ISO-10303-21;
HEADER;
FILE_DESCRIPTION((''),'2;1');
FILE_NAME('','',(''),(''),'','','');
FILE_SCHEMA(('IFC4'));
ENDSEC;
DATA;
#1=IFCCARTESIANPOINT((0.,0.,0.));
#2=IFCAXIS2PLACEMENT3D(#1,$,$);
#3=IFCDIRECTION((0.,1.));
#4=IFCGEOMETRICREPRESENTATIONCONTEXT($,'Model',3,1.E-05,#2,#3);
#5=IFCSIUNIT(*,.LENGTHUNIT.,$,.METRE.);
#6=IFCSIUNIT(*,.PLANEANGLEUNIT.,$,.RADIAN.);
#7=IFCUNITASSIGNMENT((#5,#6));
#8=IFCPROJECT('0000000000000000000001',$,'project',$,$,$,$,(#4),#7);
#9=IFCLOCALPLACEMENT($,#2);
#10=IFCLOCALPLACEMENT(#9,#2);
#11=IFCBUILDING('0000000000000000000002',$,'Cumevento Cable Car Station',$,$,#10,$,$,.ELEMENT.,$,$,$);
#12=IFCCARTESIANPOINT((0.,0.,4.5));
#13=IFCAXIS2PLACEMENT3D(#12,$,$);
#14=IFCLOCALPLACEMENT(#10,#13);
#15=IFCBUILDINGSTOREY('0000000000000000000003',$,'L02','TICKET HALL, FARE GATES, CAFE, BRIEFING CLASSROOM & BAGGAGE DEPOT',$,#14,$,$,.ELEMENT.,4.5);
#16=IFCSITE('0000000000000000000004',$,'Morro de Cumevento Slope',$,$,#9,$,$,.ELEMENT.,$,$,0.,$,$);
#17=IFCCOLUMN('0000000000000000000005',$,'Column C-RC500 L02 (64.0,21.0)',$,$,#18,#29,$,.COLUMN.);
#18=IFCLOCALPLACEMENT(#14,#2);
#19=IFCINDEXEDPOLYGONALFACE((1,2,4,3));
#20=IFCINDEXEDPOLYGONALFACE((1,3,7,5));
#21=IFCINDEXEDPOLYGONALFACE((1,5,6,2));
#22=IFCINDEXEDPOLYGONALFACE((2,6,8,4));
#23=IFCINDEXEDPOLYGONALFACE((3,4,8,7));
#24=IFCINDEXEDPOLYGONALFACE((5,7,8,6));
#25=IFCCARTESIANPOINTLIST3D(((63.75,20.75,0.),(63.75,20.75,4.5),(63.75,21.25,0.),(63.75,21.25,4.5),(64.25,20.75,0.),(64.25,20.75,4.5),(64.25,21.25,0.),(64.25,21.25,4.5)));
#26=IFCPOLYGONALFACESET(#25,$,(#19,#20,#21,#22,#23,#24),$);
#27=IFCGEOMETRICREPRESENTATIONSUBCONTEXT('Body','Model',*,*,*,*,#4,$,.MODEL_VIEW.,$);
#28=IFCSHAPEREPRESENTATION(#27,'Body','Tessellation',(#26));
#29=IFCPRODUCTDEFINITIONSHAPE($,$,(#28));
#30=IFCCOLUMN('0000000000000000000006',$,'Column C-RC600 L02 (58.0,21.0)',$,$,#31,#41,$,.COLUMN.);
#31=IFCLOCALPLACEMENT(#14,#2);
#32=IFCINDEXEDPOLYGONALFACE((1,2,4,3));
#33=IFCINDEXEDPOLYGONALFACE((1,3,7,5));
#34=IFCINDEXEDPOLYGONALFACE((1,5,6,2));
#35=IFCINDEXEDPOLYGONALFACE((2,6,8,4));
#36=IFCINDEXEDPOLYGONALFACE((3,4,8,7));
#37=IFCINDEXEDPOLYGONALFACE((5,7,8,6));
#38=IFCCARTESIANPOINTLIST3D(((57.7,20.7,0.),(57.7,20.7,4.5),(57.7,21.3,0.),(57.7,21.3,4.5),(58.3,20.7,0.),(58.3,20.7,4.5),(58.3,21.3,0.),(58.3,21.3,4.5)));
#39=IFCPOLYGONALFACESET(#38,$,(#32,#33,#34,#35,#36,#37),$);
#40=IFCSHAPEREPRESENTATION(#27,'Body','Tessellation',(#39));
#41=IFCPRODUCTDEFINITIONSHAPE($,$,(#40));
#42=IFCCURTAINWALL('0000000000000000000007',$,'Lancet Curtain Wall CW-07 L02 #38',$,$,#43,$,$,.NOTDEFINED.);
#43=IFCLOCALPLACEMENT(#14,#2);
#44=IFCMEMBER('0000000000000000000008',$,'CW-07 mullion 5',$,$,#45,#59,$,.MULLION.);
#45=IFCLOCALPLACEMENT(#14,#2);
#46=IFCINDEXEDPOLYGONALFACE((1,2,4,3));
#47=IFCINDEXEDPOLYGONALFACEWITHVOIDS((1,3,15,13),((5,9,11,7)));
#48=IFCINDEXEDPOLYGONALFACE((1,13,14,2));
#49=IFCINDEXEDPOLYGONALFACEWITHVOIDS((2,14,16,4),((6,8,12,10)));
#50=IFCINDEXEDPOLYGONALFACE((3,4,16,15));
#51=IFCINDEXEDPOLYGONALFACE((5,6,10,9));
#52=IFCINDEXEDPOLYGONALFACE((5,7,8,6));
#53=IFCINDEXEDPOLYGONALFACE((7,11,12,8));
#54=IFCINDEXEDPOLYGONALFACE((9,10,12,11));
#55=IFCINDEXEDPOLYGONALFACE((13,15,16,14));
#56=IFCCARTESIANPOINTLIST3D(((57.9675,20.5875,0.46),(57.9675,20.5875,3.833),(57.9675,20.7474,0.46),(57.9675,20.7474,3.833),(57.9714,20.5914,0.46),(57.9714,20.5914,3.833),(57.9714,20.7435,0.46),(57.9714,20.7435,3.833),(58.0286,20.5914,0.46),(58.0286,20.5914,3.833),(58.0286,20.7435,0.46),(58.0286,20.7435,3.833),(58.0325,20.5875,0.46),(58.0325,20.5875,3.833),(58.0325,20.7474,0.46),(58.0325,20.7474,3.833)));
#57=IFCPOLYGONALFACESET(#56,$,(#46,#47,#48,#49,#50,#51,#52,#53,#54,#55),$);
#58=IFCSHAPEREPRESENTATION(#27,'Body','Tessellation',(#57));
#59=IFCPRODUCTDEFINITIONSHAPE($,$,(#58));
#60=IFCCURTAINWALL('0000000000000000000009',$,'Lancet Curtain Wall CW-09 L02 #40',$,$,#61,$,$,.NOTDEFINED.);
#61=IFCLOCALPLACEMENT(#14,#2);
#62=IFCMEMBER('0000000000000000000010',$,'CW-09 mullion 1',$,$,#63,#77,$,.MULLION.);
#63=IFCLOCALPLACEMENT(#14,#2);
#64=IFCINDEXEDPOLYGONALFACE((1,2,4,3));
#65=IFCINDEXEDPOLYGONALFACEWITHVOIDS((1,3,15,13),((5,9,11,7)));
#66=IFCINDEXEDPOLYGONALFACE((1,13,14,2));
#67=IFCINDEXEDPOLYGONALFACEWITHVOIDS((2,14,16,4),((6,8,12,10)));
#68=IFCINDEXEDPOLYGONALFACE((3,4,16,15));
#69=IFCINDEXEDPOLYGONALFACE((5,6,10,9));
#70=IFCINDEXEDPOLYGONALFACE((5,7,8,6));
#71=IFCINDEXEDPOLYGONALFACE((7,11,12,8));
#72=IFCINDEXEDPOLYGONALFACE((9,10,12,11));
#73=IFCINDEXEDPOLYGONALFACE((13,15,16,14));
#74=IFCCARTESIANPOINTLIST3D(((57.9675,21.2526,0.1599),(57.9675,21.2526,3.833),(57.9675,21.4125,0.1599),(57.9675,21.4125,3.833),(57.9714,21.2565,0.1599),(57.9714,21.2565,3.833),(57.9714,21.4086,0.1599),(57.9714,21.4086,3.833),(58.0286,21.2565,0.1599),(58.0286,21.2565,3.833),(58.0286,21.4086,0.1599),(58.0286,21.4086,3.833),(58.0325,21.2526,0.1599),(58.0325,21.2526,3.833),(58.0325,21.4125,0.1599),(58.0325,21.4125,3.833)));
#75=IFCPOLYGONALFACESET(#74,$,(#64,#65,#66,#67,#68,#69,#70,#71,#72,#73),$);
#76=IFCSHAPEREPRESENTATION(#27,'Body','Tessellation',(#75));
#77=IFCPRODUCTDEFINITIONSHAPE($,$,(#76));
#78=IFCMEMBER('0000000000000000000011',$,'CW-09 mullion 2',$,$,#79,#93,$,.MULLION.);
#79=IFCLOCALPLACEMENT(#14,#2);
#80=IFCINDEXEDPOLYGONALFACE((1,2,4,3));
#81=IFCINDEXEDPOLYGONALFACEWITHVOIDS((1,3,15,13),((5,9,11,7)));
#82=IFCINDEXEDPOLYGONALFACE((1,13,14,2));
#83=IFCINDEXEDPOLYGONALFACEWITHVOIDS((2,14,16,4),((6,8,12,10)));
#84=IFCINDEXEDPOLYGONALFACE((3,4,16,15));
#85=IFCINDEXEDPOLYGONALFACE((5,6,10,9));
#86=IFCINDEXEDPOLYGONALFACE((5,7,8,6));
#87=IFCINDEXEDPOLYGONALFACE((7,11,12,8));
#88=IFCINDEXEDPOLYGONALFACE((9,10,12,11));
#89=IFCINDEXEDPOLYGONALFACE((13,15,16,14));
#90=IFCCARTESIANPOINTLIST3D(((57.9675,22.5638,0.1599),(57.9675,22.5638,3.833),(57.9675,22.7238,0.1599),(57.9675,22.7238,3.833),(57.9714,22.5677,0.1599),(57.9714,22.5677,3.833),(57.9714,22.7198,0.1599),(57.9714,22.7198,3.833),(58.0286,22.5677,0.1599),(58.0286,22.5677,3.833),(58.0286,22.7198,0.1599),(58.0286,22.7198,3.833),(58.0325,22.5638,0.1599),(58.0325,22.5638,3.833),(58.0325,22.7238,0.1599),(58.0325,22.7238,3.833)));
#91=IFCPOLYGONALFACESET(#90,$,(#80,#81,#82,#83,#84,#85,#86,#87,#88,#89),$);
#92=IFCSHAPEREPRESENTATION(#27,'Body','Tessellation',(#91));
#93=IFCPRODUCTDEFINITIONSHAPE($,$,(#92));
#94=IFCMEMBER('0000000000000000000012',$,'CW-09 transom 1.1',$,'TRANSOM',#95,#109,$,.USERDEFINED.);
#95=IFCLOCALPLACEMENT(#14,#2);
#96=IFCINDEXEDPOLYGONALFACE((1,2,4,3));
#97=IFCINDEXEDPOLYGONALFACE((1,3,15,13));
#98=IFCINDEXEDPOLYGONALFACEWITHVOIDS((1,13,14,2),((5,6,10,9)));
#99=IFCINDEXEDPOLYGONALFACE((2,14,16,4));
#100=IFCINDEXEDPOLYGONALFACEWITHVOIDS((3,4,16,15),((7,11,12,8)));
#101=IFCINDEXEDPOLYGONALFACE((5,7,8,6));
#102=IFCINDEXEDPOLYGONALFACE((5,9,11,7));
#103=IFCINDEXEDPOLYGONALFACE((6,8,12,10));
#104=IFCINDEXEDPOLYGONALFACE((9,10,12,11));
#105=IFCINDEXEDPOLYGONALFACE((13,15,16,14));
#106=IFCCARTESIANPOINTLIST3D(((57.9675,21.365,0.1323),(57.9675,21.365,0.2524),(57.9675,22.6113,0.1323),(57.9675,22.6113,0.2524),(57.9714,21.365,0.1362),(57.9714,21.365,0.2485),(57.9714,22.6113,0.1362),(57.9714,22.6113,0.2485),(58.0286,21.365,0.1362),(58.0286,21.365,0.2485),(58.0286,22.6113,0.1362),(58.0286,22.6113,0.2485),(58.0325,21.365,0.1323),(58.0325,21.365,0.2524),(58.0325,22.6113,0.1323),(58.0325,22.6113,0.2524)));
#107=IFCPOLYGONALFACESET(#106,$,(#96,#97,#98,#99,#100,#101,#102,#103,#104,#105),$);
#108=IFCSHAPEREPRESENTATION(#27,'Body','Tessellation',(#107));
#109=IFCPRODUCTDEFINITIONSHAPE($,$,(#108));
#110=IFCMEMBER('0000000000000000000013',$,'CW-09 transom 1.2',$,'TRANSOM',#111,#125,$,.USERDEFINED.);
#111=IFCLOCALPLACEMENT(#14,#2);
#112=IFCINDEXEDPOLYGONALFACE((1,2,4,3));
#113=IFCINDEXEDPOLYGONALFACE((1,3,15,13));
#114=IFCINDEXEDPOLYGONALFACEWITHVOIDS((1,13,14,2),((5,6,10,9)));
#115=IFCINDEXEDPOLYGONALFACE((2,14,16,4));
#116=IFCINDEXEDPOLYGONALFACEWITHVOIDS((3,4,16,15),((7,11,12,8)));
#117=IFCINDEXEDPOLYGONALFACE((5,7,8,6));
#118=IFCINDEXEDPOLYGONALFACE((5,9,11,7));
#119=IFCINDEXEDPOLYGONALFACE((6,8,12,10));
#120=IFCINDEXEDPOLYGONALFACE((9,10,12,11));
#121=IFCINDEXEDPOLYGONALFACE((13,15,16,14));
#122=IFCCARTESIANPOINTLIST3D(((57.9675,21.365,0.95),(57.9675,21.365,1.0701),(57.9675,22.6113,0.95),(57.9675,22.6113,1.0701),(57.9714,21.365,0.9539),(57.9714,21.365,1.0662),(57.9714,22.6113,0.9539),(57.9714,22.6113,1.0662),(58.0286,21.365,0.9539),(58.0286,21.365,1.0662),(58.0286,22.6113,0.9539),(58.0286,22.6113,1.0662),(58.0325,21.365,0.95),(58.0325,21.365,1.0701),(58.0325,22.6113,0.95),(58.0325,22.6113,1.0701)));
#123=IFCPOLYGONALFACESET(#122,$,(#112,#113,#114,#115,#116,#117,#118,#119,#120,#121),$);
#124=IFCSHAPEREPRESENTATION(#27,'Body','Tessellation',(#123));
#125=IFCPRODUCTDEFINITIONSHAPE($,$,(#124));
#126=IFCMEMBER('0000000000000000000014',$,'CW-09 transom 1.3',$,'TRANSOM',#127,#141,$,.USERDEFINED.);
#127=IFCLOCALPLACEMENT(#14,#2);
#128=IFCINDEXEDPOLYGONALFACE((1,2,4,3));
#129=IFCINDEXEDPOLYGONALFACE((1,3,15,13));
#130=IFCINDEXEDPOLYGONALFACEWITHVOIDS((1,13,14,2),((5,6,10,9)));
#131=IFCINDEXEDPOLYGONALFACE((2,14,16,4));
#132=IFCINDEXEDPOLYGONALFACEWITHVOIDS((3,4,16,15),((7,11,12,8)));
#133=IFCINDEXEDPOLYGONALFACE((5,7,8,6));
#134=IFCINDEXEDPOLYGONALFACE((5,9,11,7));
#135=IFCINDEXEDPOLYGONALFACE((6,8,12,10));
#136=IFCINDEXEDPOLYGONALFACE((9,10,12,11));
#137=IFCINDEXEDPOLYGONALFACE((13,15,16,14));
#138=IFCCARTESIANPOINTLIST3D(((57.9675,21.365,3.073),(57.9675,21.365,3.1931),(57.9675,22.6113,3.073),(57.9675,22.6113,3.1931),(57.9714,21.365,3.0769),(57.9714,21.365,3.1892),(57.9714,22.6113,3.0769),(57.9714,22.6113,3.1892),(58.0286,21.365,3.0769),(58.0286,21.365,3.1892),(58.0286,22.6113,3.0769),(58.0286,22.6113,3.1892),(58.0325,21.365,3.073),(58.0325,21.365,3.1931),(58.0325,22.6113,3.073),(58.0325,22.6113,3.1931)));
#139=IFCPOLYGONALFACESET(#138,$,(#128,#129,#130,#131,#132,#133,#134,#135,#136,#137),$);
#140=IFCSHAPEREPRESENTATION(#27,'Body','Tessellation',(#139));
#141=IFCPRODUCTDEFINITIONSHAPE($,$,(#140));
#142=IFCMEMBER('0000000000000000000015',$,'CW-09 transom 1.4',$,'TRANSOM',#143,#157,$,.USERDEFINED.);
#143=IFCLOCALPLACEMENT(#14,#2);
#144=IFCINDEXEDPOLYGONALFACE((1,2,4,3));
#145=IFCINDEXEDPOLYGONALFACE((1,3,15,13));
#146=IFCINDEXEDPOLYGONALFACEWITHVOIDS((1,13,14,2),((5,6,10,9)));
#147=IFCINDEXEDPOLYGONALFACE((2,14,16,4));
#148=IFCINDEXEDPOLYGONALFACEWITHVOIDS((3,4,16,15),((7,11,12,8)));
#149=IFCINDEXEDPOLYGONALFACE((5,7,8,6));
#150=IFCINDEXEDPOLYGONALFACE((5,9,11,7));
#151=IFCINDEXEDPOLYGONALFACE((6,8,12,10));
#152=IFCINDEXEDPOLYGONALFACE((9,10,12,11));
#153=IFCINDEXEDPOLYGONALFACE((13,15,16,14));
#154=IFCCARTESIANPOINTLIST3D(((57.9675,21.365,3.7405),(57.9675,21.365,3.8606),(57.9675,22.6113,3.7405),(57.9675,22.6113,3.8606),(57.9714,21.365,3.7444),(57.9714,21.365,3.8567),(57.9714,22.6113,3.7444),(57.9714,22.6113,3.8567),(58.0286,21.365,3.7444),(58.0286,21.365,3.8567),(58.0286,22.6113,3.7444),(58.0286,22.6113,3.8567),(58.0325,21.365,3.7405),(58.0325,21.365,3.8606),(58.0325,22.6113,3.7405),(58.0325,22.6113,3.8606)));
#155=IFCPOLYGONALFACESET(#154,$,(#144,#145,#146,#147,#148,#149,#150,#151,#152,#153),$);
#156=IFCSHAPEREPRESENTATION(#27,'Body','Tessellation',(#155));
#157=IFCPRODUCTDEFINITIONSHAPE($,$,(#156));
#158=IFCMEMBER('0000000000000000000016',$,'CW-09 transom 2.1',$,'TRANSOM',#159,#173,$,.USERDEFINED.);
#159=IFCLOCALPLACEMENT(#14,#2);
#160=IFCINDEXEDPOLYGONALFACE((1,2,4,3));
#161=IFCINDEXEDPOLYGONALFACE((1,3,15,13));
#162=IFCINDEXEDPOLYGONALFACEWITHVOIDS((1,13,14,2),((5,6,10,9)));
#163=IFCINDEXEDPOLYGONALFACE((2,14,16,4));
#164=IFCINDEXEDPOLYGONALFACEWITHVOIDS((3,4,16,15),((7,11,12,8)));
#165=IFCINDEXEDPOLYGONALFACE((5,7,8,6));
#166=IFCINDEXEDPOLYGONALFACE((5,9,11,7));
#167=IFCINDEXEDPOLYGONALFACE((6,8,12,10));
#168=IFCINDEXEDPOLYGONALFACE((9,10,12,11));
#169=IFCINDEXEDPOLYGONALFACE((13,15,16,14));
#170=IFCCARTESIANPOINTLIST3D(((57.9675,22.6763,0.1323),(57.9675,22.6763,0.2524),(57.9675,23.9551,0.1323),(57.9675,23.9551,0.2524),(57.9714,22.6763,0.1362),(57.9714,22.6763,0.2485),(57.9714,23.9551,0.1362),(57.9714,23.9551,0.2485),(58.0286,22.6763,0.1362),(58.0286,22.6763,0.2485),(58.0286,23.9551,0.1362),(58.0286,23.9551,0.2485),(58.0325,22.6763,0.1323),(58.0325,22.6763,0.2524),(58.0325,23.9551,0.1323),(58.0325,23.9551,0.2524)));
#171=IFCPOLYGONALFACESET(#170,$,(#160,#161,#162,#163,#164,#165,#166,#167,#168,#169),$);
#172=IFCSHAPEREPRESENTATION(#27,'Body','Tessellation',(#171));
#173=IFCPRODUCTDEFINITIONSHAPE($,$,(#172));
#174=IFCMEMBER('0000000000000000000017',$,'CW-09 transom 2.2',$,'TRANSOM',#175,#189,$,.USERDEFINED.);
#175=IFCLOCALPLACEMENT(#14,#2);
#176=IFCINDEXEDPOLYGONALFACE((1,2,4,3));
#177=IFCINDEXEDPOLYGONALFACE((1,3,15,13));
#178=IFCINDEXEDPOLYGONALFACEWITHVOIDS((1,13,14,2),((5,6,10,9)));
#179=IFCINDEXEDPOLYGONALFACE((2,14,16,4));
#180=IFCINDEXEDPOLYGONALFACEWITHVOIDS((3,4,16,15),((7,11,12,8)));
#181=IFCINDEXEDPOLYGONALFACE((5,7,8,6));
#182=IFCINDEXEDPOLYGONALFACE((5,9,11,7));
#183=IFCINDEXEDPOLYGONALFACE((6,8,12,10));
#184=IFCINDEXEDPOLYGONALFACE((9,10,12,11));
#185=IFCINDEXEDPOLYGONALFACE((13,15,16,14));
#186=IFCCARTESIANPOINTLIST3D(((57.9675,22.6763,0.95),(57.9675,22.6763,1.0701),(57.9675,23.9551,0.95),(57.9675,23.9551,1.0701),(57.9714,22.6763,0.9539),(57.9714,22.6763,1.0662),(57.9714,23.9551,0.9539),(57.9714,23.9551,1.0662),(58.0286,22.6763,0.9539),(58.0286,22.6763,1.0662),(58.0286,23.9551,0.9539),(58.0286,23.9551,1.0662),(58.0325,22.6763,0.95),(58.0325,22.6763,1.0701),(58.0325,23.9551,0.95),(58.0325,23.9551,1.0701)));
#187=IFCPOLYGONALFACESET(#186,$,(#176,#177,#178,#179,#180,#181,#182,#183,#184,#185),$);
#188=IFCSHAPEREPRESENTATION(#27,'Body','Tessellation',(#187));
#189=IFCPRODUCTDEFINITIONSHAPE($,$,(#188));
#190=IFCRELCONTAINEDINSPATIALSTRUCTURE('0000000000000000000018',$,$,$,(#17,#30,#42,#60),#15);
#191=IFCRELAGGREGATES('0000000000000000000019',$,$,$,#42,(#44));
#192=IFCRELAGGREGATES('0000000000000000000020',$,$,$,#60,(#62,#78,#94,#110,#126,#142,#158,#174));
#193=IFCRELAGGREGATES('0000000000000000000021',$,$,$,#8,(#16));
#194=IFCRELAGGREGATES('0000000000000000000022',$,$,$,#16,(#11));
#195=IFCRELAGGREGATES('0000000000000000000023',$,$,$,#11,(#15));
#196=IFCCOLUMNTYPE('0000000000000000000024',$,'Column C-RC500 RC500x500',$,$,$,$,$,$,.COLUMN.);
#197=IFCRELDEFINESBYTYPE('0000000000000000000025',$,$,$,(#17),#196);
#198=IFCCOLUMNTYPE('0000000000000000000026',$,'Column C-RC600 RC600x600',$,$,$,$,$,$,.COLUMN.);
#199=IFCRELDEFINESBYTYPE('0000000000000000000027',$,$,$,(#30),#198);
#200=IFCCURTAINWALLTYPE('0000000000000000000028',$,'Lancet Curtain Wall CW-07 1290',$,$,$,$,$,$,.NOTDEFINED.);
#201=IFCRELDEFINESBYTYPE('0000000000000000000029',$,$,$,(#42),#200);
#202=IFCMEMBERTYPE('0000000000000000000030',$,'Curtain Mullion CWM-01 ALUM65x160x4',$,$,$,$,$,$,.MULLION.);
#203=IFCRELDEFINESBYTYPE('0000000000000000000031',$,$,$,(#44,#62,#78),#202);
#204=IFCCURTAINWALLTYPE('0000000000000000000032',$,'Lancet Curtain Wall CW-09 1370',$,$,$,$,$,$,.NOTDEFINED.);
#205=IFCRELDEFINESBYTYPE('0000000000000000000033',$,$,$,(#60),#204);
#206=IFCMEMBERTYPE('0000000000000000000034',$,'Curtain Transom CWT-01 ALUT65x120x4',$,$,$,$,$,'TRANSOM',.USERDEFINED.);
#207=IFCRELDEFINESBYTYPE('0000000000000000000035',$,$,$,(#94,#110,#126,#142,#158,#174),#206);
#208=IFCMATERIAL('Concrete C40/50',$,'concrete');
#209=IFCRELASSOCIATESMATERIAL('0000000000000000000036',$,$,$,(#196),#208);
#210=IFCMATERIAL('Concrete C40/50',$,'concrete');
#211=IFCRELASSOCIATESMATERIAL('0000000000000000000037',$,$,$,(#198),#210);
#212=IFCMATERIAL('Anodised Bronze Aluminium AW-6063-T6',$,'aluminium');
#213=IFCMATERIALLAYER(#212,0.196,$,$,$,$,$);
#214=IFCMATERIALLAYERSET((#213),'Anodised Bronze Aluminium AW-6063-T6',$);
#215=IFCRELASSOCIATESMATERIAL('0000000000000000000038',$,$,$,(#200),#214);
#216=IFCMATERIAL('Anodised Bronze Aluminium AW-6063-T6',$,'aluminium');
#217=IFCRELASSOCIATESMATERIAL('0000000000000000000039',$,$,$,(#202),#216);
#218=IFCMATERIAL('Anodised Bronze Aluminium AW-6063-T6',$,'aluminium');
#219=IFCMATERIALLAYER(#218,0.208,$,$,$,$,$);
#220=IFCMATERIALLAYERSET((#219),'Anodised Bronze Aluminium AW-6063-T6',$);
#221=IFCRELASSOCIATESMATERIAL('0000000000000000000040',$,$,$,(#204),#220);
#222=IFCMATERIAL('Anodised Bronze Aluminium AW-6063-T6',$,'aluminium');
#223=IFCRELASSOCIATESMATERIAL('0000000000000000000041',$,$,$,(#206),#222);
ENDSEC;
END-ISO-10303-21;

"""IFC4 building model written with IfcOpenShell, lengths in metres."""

from ifc_helpers import new_model, si_unit, direction, frame, origin, origin_2d, place, context, subcontext, project, spatial, rectangle, hollow_rectangle, extrude, material, layer, layer_set, material_profile, profile_set, type_object, element, aggregate, save


model = new_model("IFC4")

# Units and contexts
model_context = context("Model", 3, precision=1e-05, world=origin(), true_north=direction((0.0, 1.0)))
body_context = subcontext(model_context, "Body", "Model", "MODEL_VIEW")
ifc_project = project(units=[si_unit("LENGTHUNIT", "METRE"), si_unit("PLANEANGLEUNIT", "RADIAN")], contexts=[model_context])

# Site, building, storey
site_placement = place(None, origin())
site = spatial("IfcSite", under=ifc_project, at=site_placement, Name="Morro de Cumevento Slope", CompositionType="ELEMENT", RefElevation=0.0)
building_placement = place(site_placement, origin())
building = spatial("IfcBuilding", under=site, at=building_placement, Name="Cumevento Cable Car Station", CompositionType="ELEMENT")
storey_placement = place(building_placement, frame((0.0, 0.0, 4.5)))
storey = spatial("IfcBuildingStorey", under=building, at=storey_placement, Name="L02", Description="TICKET HALL, FARE GATES, CAFE, BRIEFING CLASSROOM & BAGGAGE DEPOT", CompositionType="ELEMENT", Elevation=4.5)

# Columns
ifc_material_1 = material(Name="Concrete C40/50", Category="concrete")
ifc_material_profile_1 = material_profile(ifc_material_1, rectangle(XDim=0.5, YDim=0.5, at=origin_2d()), Name="RC500x500")
ifc_profile_set_1 = profile_set([ifc_material_profile_1], Name="Concrete C40/50")
column_type_1 = type_object("IfcColumnType", Name="Column C-RC500 RC500x500", PredefinedType="COLUMN", material=ifc_profile_set_1)
column_1_placement = place(storey_placement, frame((64.0, 21.0, 0.0), z_axis=(0.0, 0.0, 1.0), x_axis=(1.0, 0.0, 0.0)))
element("IfcColumn", 1, at=column_1_placement, inside=storey, type_object=column_type_1, Name="Column C-RC500 L02 (64.0,21.0)", PredefinedType="COLUMN", context=body_context, shape_type="SweptSolid", body=[
    extrude(rectangle(XDim=0.5, YDim=0.5, at=origin_2d()), origin(), (0.0, 0.0, 1.0), 4.5),
])
ifc_material_2 = material(Name="Concrete C40/50", Category="concrete")
ifc_material_profile_2 = material_profile(ifc_material_2, rectangle(XDim=0.6001, YDim=0.6001, at=origin_2d()), Name="RC600x600")
ifc_profile_set_2 = profile_set([ifc_material_profile_2], Name="Concrete C40/50")
column_type_2 = type_object("IfcColumnType", Name="Column C-RC600 RC600x600", PredefinedType="COLUMN", material=ifc_profile_set_2)
column_2_placement = place(storey_placement, frame((58.0, 21.0, 0.0), z_axis=(0.0, 0.0, 1.0), x_axis=(1.0, 0.0, 0.0)))
element("IfcColumn", 2, at=column_2_placement, inside=storey, type_object=column_type_2, Name="Column C-RC600 L02 (58.0,21.0)", PredefinedType="COLUMN", context=body_context, shape_type="SweptSolid", body=[
    extrude(rectangle(XDim=0.6001, YDim=0.6001, at=origin_2d()), origin(), (0.0, 0.0, 1.0), 4.5),
])

# Curtain wall, member
ifc_material_3 = material(Name="Anodised Bronze Aluminium AW-6063-T6", Category="aluminium")
ifc_layer_1 = layer(ifc_material_3, 0.196)
ifc_layer_set_1 = layer_set([ifc_layer_1], Name="Anodised Bronze Aluminium AW-6063-T6")
curtain_wall_type_1 = type_object("IfcCurtainWallType", Name="Lancet Curtain Wall CW-07 1290", PredefinedType="NOTDEFINED", material=ifc_layer_set_1)
curtain_wall_1_placement = place(storey_placement, origin())
curtain_wall_1 = element("IfcCurtainWall", 3, at=curtain_wall_1_placement, inside=storey, type_object=curtain_wall_type_1, Name="Lancet Curtain Wall CW-07 L02 #38", PredefinedType="NOTDEFINED")
ifc_material_4 = material(Name="Anodised Bronze Aluminium AW-6063-T6", Category="aluminium")
ifc_material_profile_3 = material_profile(ifc_material_4, hollow_rectangle(XDim=0.0649, YDim=0.1599, WallThickness=0.0039, at=origin_2d()), Name="ALUM65x160x4")
ifc_profile_set_3 = profile_set([ifc_material_profile_3], Name="Anodised Bronze Aluminium AW-6063-T6")
member_type_1 = type_object("IfcMemberType", Name="Curtain Mullion CWM-01 ALUM65x160x4", PredefinedType="MULLION", material=ifc_profile_set_3)
member_1_placement = place(storey_placement, frame((58.0, 20.6675, 0.46), z_axis=(0.0, 0.0, 1.0), x_axis=(-1.0, 0.0, 0.0)))
member_1 = element("IfcMember", 4, at=member_1_placement, type_object=member_type_1, Name="CW-07 mullion 5", PredefinedType="MULLION", context=body_context, shape_type="SweptSolid", body=[
    extrude(hollow_rectangle(XDim=0.0649, YDim=0.1599, WallThickness=0.0039, at=origin_2d()), origin(), (0.0, 0.0, 1.0), 3.373),
])

# Curtain wall, members
ifc_material_5 = material(Name="Anodised Bronze Aluminium AW-6063-T6", Category="aluminium")
ifc_layer_2 = layer(ifc_material_5, 0.208)
ifc_layer_set_2 = layer_set([ifc_layer_2], Name="Anodised Bronze Aluminium AW-6063-T6")
curtain_wall_type_2 = type_object("IfcCurtainWallType", Name="Lancet Curtain Wall CW-09 1370", PredefinedType="NOTDEFINED", material=ifc_layer_set_2)
curtain_wall_2_placement = place(storey_placement, origin())
curtain_wall_2 = element("IfcCurtainWall", 5, at=curtain_wall_2_placement, inside=storey, type_object=curtain_wall_type_2, Name="Lancet Curtain Wall CW-09 L02 #40", PredefinedType="NOTDEFINED")
member_2_placement = place(storey_placement, frame((58.0, 21.3325, 0.1599), z_axis=(0.0, 0.0, 1.0), x_axis=(-1.0, 0.0, 0.0)))
member_2 = element("IfcMember", 6, at=member_2_placement, type_object=member_type_1, Name="CW-09 mullion 1", PredefinedType="MULLION", context=body_context, shape_type="SweptSolid", body=[
    extrude(hollow_rectangle(XDim=0.0649, YDim=0.1599, WallThickness=0.0039, at=origin_2d()), origin(), (0.0, 0.0, 1.0), 3.6731),
])
member_3_placement = place(storey_placement, frame((58.0, 22.6438, 0.1599), z_axis=(0.0, 0.0, 1.0), x_axis=(-1.0, 0.0, 0.0)))
member_3 = element("IfcMember", 7, at=member_3_placement, type_object=member_type_1, Name="CW-09 mullion 2", PredefinedType="MULLION", context=body_context, shape_type="SweptSolid", body=[
    extrude(hollow_rectangle(XDim=0.0649, YDim=0.1599, WallThickness=0.0039, at=origin_2d()), origin(), (0.0, 0.0, 1.0), 3.6731),
])
ifc_material_6 = material(Name="Anodised Bronze Aluminium AW-6063-T6", Category="aluminium")
ifc_material_profile_4 = material_profile(ifc_material_6, hollow_rectangle(XDim=0.0649, YDim=0.1201, WallThickness=0.0039, at=origin_2d()), Name="ALUT65x120x4")
ifc_profile_set_4 = profile_set([ifc_material_profile_4], Name="Anodised Bronze Aluminium AW-6063-T6")
member_type_2 = type_object("IfcMemberType", Name="Curtain Transom CWT-01 ALUT65x120x4", ElementType="TRANSOM", PredefinedType="USERDEFINED", material=ifc_profile_set_4)
member_4_placement = place(storey_placement, frame((58.0, 21.365, 0.1924), z_axis=(0.0, 1.0, 0.0), x_axis=(-1.0, 0.0, 0.0)))
member_4 = element("IfcMember", 8, at=member_4_placement, type_object=member_type_2, Name="CW-09 transom 1.1", ObjectType="TRANSOM", PredefinedType="USERDEFINED", context=body_context, shape_type="SweptSolid", body=[
    extrude(hollow_rectangle(XDim=0.0649, YDim=0.1201, WallThickness=0.0039, at=origin_2d()), origin(), (0.0, 0.0, 1.0), 1.2463),
])
member_5_placement = place(storey_placement, frame((58.0, 21.365, 1.01), z_axis=(0.0, 1.0, 0.0), x_axis=(-1.0, 0.0, 0.0)))
member_5 = element("IfcMember", 9, at=member_5_placement, type_object=member_type_2, Name="CW-09 transom 1.2", ObjectType="TRANSOM", PredefinedType="USERDEFINED", context=body_context, shape_type="SweptSolid", body=[
    extrude(hollow_rectangle(XDim=0.0649, YDim=0.1201, WallThickness=0.0039, at=origin_2d()), origin(), (0.0, 0.0, 1.0), 1.2463),
])
member_6_placement = place(storey_placement, frame((58.0, 21.365, 3.1331), z_axis=(0.0, 1.0, 0.0), x_axis=(-1.0, 0.0, 0.0)))
member_6 = element("IfcMember", 10, at=member_6_placement, type_object=member_type_2, Name="CW-09 transom 1.3", ObjectType="TRANSOM", PredefinedType="USERDEFINED", context=body_context, shape_type="SweptSolid", body=[
    extrude(hollow_rectangle(XDim=0.0649, YDim=0.1201, WallThickness=0.0039, at=origin_2d()), origin(), (0.0, 0.0, 1.0), 1.2463),
])
member_7_placement = place(storey_placement, frame((58.0, 21.365, 3.8005), z_axis=(0.0, 1.0, 0.0), x_axis=(-1.0, 0.0, 0.0)))
member_7 = element("IfcMember", 11, at=member_7_placement, type_object=member_type_2, Name="CW-09 transom 1.4", ObjectType="TRANSOM", PredefinedType="USERDEFINED", context=body_context, shape_type="SweptSolid", body=[
    extrude(hollow_rectangle(XDim=0.0649, YDim=0.1201, WallThickness=0.0039, at=origin_2d()), origin(), (0.0, 0.0, 1.0), 1.2463),
])
member_8_placement = place(storey_placement, frame((58.0, 22.6763, 0.1924), z_axis=(0.0, 1.0, 0.0), x_axis=(-1.0, 0.0, 0.0)))
member_8 = element("IfcMember", 12, at=member_8_placement, type_object=member_type_2, Name="CW-09 transom 2.1", ObjectType="TRANSOM", PredefinedType="USERDEFINED", context=body_context, shape_type="SweptSolid", body=[
    extrude(hollow_rectangle(XDim=0.0649, YDim=0.1201, WallThickness=0.0039, at=origin_2d()), origin(), (0.0, 0.0, 1.0), 1.2788),
])
member_9_placement = place(storey_placement, frame((58.0, 22.6763, 1.01), z_axis=(0.0, 1.0, 0.0), x_axis=(-1.0, 0.0, 0.0)))
member_9 = element("IfcMember", 13, at=member_9_placement, type_object=member_type_2, Name="CW-09 transom 2.2", ObjectType="TRANSOM", PredefinedType="USERDEFINED", context=body_context, shape_type="SweptSolid", body=[
    extrude(hollow_rectangle(XDim=0.0649, YDim=0.1201, WallThickness=0.0039, at=origin_2d()), origin(), (0.0, 0.0, 1.0), 1.2788),
])

aggregate(curtain_wall_1, [member_1])
aggregate(curtain_wall_2, [member_2, member_3, member_4, member_5, member_6, member_7, member_8, member_9])

save(model, "model.ifc")
